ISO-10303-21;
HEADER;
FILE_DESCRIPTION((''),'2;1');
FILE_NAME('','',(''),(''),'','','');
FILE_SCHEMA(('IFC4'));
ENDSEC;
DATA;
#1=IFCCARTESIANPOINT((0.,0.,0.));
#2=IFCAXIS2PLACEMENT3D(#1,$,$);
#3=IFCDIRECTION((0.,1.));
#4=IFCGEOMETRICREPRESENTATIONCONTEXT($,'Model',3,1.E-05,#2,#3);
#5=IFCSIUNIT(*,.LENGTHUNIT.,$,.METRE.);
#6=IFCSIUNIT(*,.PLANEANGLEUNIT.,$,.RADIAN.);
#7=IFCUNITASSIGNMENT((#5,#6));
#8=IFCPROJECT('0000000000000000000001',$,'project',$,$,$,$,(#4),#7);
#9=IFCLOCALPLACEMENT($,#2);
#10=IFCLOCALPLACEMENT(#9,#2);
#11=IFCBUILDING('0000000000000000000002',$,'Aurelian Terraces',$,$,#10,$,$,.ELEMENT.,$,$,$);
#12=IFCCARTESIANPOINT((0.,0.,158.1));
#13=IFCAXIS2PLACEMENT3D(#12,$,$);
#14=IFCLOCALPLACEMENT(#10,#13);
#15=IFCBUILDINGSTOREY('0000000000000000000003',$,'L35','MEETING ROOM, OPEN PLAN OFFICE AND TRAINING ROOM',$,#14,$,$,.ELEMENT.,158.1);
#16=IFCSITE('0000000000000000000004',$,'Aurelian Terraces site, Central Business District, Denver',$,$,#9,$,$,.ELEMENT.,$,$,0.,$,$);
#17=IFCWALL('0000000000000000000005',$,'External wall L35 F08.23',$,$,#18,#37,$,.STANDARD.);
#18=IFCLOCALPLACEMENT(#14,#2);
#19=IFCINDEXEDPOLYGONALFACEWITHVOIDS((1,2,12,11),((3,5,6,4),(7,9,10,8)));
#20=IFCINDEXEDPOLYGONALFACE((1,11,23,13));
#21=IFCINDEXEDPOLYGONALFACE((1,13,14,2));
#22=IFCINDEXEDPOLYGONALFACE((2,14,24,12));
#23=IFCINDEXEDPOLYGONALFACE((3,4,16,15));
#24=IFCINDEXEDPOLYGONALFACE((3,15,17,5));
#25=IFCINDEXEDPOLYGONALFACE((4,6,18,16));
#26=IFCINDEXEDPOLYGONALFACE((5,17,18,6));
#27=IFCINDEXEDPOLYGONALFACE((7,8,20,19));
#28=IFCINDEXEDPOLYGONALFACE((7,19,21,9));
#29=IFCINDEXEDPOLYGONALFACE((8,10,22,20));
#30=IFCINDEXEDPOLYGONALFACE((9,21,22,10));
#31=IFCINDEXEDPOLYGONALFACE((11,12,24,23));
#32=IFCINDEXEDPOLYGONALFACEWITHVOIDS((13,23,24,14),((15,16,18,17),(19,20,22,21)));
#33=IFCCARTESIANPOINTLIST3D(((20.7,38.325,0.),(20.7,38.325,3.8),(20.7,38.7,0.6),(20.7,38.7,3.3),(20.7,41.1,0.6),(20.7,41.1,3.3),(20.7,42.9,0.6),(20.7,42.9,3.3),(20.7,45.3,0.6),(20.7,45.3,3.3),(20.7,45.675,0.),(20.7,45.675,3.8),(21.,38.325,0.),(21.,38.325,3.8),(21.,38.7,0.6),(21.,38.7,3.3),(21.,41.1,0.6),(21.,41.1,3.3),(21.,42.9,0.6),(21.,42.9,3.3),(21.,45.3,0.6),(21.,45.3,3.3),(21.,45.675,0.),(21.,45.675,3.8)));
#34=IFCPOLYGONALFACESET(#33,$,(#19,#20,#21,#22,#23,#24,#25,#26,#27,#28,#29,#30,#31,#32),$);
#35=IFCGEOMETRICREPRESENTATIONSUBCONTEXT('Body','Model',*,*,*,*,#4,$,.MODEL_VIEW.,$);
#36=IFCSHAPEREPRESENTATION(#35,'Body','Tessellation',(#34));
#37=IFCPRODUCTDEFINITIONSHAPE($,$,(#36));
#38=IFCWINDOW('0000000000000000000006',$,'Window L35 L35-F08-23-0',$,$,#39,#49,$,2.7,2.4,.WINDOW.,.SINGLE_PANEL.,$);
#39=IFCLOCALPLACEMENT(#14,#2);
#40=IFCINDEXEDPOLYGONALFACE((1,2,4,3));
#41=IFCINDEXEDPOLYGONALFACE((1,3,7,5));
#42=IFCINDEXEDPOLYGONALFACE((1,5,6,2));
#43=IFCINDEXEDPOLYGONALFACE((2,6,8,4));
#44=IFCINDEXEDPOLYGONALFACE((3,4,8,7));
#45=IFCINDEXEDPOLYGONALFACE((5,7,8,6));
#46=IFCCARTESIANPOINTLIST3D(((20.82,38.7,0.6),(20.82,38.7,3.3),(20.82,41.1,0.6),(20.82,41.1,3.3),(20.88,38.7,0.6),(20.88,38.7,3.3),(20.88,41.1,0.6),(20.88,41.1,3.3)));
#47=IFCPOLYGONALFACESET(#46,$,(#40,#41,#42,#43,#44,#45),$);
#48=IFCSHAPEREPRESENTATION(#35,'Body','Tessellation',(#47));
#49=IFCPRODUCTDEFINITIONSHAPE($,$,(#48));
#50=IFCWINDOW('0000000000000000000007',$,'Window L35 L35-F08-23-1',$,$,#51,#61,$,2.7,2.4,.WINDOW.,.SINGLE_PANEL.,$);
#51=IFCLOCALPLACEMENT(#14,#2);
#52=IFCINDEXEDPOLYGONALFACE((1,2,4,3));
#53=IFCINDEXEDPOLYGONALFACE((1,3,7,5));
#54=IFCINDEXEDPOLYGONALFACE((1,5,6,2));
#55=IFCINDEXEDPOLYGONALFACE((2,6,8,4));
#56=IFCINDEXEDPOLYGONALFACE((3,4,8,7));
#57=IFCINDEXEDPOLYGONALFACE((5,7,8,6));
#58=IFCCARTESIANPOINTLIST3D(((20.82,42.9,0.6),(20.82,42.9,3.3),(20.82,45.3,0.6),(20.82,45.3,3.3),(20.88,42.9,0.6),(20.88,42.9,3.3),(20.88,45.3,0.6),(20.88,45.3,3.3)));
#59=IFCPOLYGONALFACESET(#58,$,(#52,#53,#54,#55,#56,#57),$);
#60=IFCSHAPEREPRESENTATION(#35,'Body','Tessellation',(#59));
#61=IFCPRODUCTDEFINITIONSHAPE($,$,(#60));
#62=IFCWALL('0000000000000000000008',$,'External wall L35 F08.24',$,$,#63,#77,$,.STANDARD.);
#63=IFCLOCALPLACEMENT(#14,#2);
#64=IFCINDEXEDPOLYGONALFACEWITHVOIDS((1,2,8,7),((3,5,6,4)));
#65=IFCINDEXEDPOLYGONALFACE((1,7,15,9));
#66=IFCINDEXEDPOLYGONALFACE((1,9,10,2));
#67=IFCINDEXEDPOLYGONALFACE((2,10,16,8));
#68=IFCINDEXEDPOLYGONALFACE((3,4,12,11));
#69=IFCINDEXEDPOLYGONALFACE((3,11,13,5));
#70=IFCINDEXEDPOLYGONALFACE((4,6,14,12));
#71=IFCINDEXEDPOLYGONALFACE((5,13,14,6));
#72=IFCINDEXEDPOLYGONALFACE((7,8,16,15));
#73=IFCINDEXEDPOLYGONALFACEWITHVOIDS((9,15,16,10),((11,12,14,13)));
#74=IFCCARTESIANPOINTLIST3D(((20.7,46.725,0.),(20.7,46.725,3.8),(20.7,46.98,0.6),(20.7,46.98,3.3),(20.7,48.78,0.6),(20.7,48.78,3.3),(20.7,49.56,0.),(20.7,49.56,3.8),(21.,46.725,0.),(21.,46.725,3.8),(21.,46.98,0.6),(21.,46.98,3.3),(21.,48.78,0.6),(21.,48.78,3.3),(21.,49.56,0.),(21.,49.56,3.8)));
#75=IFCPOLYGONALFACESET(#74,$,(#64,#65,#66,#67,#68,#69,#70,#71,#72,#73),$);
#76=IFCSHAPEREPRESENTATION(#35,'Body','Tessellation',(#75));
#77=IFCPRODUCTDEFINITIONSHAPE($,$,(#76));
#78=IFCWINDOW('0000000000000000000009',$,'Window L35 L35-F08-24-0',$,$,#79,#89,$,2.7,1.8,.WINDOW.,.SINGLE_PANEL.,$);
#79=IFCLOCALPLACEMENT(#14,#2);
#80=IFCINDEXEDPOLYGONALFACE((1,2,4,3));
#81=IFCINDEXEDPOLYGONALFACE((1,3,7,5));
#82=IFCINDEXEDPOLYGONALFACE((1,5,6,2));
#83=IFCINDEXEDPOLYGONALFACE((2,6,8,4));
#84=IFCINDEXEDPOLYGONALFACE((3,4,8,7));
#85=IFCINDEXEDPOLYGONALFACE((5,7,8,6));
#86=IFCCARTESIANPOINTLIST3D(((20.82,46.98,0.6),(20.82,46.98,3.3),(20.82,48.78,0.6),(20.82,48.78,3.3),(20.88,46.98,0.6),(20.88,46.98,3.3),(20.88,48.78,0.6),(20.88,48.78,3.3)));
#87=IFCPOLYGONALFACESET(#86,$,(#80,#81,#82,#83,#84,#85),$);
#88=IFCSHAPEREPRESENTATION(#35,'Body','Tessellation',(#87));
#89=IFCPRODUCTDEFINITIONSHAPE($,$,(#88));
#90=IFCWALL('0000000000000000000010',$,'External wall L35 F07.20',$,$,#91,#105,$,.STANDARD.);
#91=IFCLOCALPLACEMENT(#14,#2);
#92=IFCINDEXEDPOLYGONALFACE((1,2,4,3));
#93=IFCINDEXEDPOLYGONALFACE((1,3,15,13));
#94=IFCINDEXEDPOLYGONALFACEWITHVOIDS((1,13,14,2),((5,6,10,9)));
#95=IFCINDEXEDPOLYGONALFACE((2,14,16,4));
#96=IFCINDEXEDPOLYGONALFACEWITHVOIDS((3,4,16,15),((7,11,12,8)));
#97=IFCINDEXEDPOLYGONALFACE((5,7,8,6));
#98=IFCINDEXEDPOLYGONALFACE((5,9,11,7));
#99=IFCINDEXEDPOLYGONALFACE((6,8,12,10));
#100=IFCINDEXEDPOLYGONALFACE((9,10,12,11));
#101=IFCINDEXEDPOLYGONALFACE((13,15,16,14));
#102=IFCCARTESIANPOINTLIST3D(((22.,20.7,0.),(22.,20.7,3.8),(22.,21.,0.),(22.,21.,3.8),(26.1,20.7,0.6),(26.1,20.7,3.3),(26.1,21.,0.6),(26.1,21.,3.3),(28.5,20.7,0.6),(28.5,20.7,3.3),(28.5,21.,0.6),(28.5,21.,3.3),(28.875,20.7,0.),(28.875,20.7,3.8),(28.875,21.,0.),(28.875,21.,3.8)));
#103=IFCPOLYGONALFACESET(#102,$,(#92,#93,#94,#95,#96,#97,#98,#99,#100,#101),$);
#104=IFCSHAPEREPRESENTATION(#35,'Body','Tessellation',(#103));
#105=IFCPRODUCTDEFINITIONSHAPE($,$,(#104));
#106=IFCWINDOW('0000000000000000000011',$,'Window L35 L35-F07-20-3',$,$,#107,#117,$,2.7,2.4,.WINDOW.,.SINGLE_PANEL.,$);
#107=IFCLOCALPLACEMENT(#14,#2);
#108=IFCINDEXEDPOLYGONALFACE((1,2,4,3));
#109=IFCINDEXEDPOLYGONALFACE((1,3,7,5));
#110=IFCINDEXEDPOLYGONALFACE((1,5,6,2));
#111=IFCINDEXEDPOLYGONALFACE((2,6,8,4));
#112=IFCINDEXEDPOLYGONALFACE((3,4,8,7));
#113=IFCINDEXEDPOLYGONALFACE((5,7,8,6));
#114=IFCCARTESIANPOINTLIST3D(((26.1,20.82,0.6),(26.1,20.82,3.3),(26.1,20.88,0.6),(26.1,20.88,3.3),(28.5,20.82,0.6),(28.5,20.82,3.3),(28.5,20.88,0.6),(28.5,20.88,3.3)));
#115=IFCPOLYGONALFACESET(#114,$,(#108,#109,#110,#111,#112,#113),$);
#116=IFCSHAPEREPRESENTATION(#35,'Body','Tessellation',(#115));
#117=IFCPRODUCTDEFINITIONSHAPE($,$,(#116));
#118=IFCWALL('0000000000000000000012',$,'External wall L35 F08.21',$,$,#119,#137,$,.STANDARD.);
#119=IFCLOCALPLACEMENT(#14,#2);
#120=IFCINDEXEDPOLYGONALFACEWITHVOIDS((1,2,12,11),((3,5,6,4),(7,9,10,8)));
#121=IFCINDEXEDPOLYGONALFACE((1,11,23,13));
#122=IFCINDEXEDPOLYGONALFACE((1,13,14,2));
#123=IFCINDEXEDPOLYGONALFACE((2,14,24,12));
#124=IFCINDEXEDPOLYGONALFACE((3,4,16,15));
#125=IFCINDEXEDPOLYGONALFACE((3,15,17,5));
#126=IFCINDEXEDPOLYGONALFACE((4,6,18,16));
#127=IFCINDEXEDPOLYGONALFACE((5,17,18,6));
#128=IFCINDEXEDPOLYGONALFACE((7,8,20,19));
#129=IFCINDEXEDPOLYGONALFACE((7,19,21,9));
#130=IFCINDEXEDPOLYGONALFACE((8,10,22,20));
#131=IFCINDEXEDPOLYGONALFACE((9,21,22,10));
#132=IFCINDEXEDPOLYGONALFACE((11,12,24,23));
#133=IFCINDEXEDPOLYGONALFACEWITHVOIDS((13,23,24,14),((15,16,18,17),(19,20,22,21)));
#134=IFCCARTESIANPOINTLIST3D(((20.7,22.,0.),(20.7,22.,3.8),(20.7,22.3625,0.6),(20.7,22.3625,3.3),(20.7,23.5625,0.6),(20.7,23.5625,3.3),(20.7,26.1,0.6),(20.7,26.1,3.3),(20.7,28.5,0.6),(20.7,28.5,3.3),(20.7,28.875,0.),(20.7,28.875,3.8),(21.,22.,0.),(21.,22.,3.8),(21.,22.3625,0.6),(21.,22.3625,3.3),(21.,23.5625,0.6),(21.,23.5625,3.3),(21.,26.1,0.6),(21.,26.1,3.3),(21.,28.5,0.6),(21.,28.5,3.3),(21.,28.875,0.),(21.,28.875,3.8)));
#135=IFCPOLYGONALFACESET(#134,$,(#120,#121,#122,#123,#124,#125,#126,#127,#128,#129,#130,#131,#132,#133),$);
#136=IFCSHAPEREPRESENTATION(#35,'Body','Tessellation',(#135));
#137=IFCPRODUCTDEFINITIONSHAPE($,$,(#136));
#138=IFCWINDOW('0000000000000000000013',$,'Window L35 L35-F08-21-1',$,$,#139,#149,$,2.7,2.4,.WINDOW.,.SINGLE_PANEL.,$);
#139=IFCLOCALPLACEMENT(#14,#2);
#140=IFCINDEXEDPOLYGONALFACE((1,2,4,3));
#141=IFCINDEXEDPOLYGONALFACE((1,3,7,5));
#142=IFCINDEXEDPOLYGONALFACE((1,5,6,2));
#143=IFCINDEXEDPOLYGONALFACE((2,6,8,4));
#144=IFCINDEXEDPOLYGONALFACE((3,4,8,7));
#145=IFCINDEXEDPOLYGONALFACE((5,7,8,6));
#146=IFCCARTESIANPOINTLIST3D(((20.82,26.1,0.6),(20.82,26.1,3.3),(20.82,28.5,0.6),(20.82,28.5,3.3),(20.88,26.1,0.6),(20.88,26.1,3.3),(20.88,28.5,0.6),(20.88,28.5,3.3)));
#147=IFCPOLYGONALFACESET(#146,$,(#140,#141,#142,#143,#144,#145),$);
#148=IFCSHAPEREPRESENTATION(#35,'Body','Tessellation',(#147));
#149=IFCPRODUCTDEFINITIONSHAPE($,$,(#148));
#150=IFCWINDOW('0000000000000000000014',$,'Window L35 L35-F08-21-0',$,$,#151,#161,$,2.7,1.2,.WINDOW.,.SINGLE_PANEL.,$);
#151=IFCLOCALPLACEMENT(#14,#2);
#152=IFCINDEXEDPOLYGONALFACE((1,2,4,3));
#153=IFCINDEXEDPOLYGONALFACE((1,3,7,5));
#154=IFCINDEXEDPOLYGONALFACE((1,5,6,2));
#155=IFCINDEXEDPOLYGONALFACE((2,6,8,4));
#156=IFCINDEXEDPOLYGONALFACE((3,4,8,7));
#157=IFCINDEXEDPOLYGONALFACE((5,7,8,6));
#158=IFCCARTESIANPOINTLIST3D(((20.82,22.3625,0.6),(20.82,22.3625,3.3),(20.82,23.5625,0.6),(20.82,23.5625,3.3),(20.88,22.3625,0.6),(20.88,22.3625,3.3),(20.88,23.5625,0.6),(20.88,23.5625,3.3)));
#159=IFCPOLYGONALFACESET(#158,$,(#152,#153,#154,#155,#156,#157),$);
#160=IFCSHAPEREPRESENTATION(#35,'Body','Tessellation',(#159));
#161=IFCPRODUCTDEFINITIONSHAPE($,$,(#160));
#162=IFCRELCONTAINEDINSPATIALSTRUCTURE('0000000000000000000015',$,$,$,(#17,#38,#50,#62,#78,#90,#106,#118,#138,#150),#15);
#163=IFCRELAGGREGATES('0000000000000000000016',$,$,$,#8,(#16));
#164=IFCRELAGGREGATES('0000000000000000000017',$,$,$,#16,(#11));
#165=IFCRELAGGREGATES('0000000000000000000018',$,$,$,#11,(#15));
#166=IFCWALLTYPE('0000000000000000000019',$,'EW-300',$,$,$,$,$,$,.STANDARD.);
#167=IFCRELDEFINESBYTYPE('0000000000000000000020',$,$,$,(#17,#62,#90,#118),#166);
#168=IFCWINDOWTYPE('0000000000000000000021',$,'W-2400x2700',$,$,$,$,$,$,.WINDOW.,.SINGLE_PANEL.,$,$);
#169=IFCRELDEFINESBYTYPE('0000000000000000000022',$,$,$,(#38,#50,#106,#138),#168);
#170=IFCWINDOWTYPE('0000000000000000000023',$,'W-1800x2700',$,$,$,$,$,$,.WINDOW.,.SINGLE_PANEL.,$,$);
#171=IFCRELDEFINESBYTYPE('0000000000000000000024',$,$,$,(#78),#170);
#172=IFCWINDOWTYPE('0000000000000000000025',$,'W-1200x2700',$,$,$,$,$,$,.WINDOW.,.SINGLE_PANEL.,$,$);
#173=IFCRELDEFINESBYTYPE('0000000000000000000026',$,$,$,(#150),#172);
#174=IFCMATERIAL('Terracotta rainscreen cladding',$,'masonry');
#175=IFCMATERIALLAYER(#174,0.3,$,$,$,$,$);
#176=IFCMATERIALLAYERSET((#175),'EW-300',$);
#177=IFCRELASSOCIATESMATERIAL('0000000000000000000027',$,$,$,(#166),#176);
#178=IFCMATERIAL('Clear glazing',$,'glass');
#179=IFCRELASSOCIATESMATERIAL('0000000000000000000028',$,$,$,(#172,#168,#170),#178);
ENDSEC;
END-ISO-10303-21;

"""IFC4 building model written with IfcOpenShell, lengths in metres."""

from ifc_helpers import new_model, si_unit, direction, frame, frame_2d, origin, place, context, subcontext, project, spatial, rectangle, extrude, source, transform, mapped, material, layer, layer_set, type_object, element, fill, save


model = new_model("IFC4")

# Units and contexts
model_context = context("Model", 3, precision=1e-05, world=origin(), true_north=direction((0.0, 1.0)))
body_context = subcontext(model_context, "Body", "Model", "MODEL_VIEW")
ifc_project = project(units=[si_unit("LENGTHUNIT", "METRE"), si_unit("PLANEANGLEUNIT", "RADIAN")], contexts=[model_context])

# Site, building, storey
site_placement = place(None, origin())
site = spatial("IfcSite", under=ifc_project, at=site_placement, Name="Aurelian Terraces site, Central Business District, Denver", CompositionType="ELEMENT", RefElevation=0.0)
building_placement = place(site_placement, origin())
building = spatial("IfcBuilding", under=site, at=building_placement, Name="Aurelian Terraces", CompositionType="ELEMENT")
storey_placement = place(building_placement, frame((0.0, 0.0, 158.1)))
storey = spatial("IfcBuildingStorey", under=building, at=storey_placement, Name="L35", Description="MEETING ROOM, OPEN PLAN OFFICE AND TRAINING ROOM", CompositionType="ELEMENT", Elevation=158.1)

# Shared definitions
ifc_material_1 = material(Name="Terracotta rainscreen cladding", Category="masonry")
ifc_layer_1 = layer(ifc_material_1, 0.3)
ifc_layer_set_1 = layer_set([ifc_layer_1], Name="EW-300")
wall_type_1 = type_object("IfcWallType", Name="EW-300", PredefinedType="STANDARD", material=ifc_layer_set_1)
ifc_material_2 = material(Name="Clear glazing", Category="glass")

# Wall, openings, windows
shared_shape_1 = source(origin(), body_context, "Body", "SweptSolid", [
    extrude(rectangle(XDim=7.35, YDim=0.3, at=frame_2d((3.675, 0.0))), origin(), (0.0, 0.0, 1.0), 3.8),
])
shared_shape_2 = source(origin(), body_context, "Body", "SweptSolid", [
    extrude(rectangle(XDim=1.2, YDim=2.7, at=frame_2d((0.6, 1.35))), frame((0.0, 0.16, 0.0), z_axis=(0.0, -1.0, 0.0), x_axis=(1.0, 0.0, 0.0)), (0.0, 0.0, 1.0), 0.32),
])
window_type_1 = type_object("IfcWindowType", Name="W-1200x2700", PartitioningType="SINGLE_PANEL", PredefinedType="WINDOW", material=ifc_material_2)
shared_shape_3 = source(origin(), body_context, "Body", "SweptSolid", [
    extrude(rectangle(XDim=1.2, YDim=2.7, at=frame_2d((0.6, 1.35))), frame((0.0, 0.03, 0.0), z_axis=(0.0, -1.0, 0.0), x_axis=(1.0, 0.0, 0.0)), (0.0, 0.0, 1.0), 0.06),
])
shared_shape_4 = source(origin(), body_context, "Body", "SweptSolid", [
    extrude(rectangle(XDim=2.4, YDim=2.7, at=frame_2d((1.2, 1.35))), frame((0.0, 0.16, 0.0), z_axis=(0.0, -1.0, 0.0), x_axis=(1.0, 0.0, 0.0)), (0.0, 0.0, 1.0), 0.32),
])
window_type_2 = type_object("IfcWindowType", Name="W-2400x2700", PartitioningType="SINGLE_PANEL", PredefinedType="WINDOW", material=ifc_material_2)
shared_shape_5 = source(origin(), body_context, "Body", "SweptSolid", [
    extrude(rectangle(XDim=2.4, YDim=2.7, at=frame_2d((1.2, 1.35))), frame((0.0, 0.03, 0.0), z_axis=(0.0, -1.0, 0.0), x_axis=(1.0, 0.0, 0.0)), (0.0, 0.0, 1.0), 0.06),
])
wall_1_placement = place(storey_placement, frame((20.85, 38.325, 0.0), z_axis=(0.0, 0.0, 1.0), x_axis=(0.0, 1.0, 0.0)))
wall_1 = element("IfcWall", 1, at=wall_1_placement, inside=storey, type_object=wall_type_1, Name="External wall L35 F08.23", PredefinedType="STANDARD", context=body_context, shape_type="MappedRepresentation", body=[
    mapped(shared_shape_1, transform((0.0, 0.0, 0.0), scale=1.0)),
])
opening_1_placement = place(wall_1_placement, frame((0.375, 0.0, 0.6)))
opening_1 = element("IfcOpeningElement", 2, at=opening_1_placement, cuts=wall_1, PredefinedType="OPENING", context=body_context, shape_type="MappedRepresentation", body=[
    mapped(shared_shape_4, transform((0.0, 0.0, 0.0), scale=1.0)),
])
opening_2_placement = place(wall_1_placement, frame((4.575, 0.0, 0.6)))
opening_2 = element("IfcOpeningElement", 3, at=opening_2_placement, cuts=wall_1, PredefinedType="OPENING", context=body_context, shape_type="MappedRepresentation", body=[
    mapped(shared_shape_4, transform((0.0, 0.0, 0.0), scale=1.0)),
])
window_1_placement = place(opening_1_placement, origin())
window_1 = element("IfcWindow", 4, at=window_1_placement, inside=storey, type_object=window_type_2, Name="Window L35 L35-F08-23-0", OverallHeight=2.7, OverallWidth=2.4, PartitioningType="SINGLE_PANEL", PredefinedType="WINDOW", context=body_context, shape_type="MappedRepresentation", body=[
    mapped(shared_shape_5, transform((0.0, 0.0, 0.0), scale=1.0)),
])
fill(opening_1, window_1)
window_2_placement = place(opening_2_placement, origin())
window_2 = element("IfcWindow", 5, at=window_2_placement, inside=storey, type_object=window_type_2, Name="Window L35 L35-F08-23-1", OverallHeight=2.7, OverallWidth=2.4, PartitioningType="SINGLE_PANEL", PredefinedType="WINDOW", context=body_context, shape_type="MappedRepresentation", body=[
    mapped(shared_shape_5, transform((0.0, 0.0, 0.0), scale=1.0)),
])
fill(opening_2, window_2)

# Walls, openings, windows
shared_shape_6 = source(origin(), body_context, "Body", "SweptSolid", [
    extrude(rectangle(XDim=2.835, YDim=0.3, at=frame_2d((1.4175, 0.0))), origin(), (0.0, 0.0, 1.0), 3.8),
])
wall_2_placement = place(storey_placement, frame((20.85, 46.725, 0.0), z_axis=(0.0, 0.0, 1.0), x_axis=(0.0, 1.0, 0.0)))
wall_2 = element("IfcWall", 6, at=wall_2_placement, inside=storey, type_object=wall_type_1, Name="External wall L35 F08.24", PredefinedType="STANDARD", context=body_context, shape_type="MappedRepresentation", body=[
    mapped(shared_shape_6, transform((0.0, 0.0, 0.0), scale=1.0)),
])
shared_shape_7 = source(origin(), body_context, "Body", "SweptSolid", [
    extrude(rectangle(XDim=1.8, YDim=2.7, at=frame_2d((0.9, 1.35))), frame((0.0, 0.16, 0.0), z_axis=(0.0, -1.0, 0.0), x_axis=(1.0, 0.0, 0.0)), (0.0, 0.0, 1.0), 0.32),
])
opening_3_placement = place(wall_2_placement, frame((0.255, 0.0, 0.6)))
opening_3 = element("IfcOpeningElement", 7, at=opening_3_placement, cuts=wall_2, PredefinedType="OPENING", context=body_context, shape_type="MappedRepresentation", body=[
    mapped(shared_shape_7, transform((0.0, 0.0, 0.0), scale=1.0)),
])
window_type_3 = type_object("IfcWindowType", Name="W-1800x2700", PartitioningType="SINGLE_PANEL", PredefinedType="WINDOW", material=ifc_material_2)
shared_shape_8 = source(origin(), body_context, "Body", "SweptSolid", [
    extrude(rectangle(XDim=1.8, YDim=2.7, at=frame_2d((0.9, 1.35))), frame((0.0, 0.03, 0.0), z_axis=(0.0, -1.0, 0.0), x_axis=(1.0, 0.0, 0.0)), (0.0, 0.0, 1.0), 0.06),
])
window_3_placement = place(opening_3_placement, origin())
window_3 = element("IfcWindow", 8, at=window_3_placement, inside=storey, type_object=window_type_3, Name="Window L35 L35-F08-24-0", OverallHeight=2.7, OverallWidth=1.8, PartitioningType="SINGLE_PANEL", PredefinedType="WINDOW", context=body_context, shape_type="MappedRepresentation", body=[
    mapped(shared_shape_8, transform((0.0, 0.0, 0.0), scale=1.0)),
])
fill(opening_3, window_3)
shared_shape_9 = source(origin(), body_context, "Body", "SweptSolid", [
    extrude(rectangle(XDim=6.875, YDim=0.3, at=frame_2d((3.4375, 0.0))), origin(), (0.0, 0.0, 1.0), 3.8),
])
wall_3_placement = place(storey_placement, frame((28.875, 20.85, 0.0), z_axis=(0.0, 0.0, 1.0), x_axis=(-1.0, 0.0, 0.0)))
wall_3 = element("IfcWall", 9, at=wall_3_placement, inside=storey, type_object=wall_type_1, Name="External wall L35 F07.20", PredefinedType="STANDARD", context=body_context, shape_type="MappedRepresentation", body=[
    mapped(shared_shape_9, transform((0.0, 0.0, 0.0), scale=1.0)),
])
opening_4_placement = place(wall_3_placement, frame((0.375, 0.0, 0.6)))
opening_4 = element("IfcOpeningElement", 10, at=opening_4_placement, cuts=wall_3, PredefinedType="OPENING", context=body_context, shape_type="MappedRepresentation", body=[
    mapped(shared_shape_4, transform((0.0, 0.0, 0.0), scale=1.0)),
])
window_4_placement = place(opening_4_placement, origin())
window_4 = element("IfcWindow", 11, at=window_4_placement, inside=storey, type_object=window_type_2, Name="Window L35 L35-F07-20-3", OverallHeight=2.7, OverallWidth=2.4, PartitioningType="SINGLE_PANEL", PredefinedType="WINDOW", context=body_context, shape_type="MappedRepresentation", body=[
    mapped(shared_shape_5, transform((0.0, 0.0, 0.0), scale=1.0)),
])
fill(opening_4, window_4)

# Wall, openings, windows
wall_4_placement = place(storey_placement, frame((20.85, 22.0, 0.0), z_axis=(0.0, 0.0, 1.0), x_axis=(0.0, 1.0, 0.0)))
wall_4 = element("IfcWall", 12, at=wall_4_placement, inside=storey, type_object=wall_type_1, Name="External wall L35 F08.21", PredefinedType="STANDARD", context=body_context, shape_type="MappedRepresentation", body=[
    mapped(shared_shape_9, transform((0.0, 0.0, 0.0), scale=1.0)),
])
opening_5_placement = place(wall_4_placement, frame((0.3625, 0.0, 0.6)))
opening_5 = element("IfcOpeningElement", 13, at=opening_5_placement, cuts=wall_4, PredefinedType="OPENING", context=body_context, shape_type="MappedRepresentation", body=[
    mapped(shared_shape_2, transform((0.0, 0.0, 0.0), scale=1.0)),
])
opening_6_placement = place(wall_4_placement, frame((4.1, 0.0, 0.6)))
opening_6 = element("IfcOpeningElement", 14, at=opening_6_placement, cuts=wall_4, PredefinedType="OPENING", context=body_context, shape_type="MappedRepresentation", body=[
    mapped(shared_shape_4, transform((0.0, 0.0, 0.0), scale=1.0)),
])
window_5_placement = place(opening_6_placement, origin())
window_5 = element("IfcWindow", 15, at=window_5_placement, inside=storey, type_object=window_type_2, Name="Window L35 L35-F08-21-1", OverallHeight=2.7, OverallWidth=2.4, PartitioningType="SINGLE_PANEL", PredefinedType="WINDOW", context=body_context, shape_type="MappedRepresentation", body=[
    mapped(shared_shape_5, transform((0.0, 0.0, 0.0), scale=1.0)),
])
fill(opening_6, window_5)
window_6_placement = place(opening_5_placement, origin())
window_6 = element("IfcWindow", 16, at=window_6_placement, inside=storey, type_object=window_type_1, Name="Window L35 L35-F08-21-0", OverallHeight=2.7, OverallWidth=1.2, PartitioningType="SINGLE_PANEL", PredefinedType="WINDOW", context=body_context, shape_type="MappedRepresentation", body=[
    mapped(shared_shape_3, transform((0.0, 0.0, 0.0), scale=1.0)),
])
fill(opening_5, window_6)

save(model, "model.ifc")
